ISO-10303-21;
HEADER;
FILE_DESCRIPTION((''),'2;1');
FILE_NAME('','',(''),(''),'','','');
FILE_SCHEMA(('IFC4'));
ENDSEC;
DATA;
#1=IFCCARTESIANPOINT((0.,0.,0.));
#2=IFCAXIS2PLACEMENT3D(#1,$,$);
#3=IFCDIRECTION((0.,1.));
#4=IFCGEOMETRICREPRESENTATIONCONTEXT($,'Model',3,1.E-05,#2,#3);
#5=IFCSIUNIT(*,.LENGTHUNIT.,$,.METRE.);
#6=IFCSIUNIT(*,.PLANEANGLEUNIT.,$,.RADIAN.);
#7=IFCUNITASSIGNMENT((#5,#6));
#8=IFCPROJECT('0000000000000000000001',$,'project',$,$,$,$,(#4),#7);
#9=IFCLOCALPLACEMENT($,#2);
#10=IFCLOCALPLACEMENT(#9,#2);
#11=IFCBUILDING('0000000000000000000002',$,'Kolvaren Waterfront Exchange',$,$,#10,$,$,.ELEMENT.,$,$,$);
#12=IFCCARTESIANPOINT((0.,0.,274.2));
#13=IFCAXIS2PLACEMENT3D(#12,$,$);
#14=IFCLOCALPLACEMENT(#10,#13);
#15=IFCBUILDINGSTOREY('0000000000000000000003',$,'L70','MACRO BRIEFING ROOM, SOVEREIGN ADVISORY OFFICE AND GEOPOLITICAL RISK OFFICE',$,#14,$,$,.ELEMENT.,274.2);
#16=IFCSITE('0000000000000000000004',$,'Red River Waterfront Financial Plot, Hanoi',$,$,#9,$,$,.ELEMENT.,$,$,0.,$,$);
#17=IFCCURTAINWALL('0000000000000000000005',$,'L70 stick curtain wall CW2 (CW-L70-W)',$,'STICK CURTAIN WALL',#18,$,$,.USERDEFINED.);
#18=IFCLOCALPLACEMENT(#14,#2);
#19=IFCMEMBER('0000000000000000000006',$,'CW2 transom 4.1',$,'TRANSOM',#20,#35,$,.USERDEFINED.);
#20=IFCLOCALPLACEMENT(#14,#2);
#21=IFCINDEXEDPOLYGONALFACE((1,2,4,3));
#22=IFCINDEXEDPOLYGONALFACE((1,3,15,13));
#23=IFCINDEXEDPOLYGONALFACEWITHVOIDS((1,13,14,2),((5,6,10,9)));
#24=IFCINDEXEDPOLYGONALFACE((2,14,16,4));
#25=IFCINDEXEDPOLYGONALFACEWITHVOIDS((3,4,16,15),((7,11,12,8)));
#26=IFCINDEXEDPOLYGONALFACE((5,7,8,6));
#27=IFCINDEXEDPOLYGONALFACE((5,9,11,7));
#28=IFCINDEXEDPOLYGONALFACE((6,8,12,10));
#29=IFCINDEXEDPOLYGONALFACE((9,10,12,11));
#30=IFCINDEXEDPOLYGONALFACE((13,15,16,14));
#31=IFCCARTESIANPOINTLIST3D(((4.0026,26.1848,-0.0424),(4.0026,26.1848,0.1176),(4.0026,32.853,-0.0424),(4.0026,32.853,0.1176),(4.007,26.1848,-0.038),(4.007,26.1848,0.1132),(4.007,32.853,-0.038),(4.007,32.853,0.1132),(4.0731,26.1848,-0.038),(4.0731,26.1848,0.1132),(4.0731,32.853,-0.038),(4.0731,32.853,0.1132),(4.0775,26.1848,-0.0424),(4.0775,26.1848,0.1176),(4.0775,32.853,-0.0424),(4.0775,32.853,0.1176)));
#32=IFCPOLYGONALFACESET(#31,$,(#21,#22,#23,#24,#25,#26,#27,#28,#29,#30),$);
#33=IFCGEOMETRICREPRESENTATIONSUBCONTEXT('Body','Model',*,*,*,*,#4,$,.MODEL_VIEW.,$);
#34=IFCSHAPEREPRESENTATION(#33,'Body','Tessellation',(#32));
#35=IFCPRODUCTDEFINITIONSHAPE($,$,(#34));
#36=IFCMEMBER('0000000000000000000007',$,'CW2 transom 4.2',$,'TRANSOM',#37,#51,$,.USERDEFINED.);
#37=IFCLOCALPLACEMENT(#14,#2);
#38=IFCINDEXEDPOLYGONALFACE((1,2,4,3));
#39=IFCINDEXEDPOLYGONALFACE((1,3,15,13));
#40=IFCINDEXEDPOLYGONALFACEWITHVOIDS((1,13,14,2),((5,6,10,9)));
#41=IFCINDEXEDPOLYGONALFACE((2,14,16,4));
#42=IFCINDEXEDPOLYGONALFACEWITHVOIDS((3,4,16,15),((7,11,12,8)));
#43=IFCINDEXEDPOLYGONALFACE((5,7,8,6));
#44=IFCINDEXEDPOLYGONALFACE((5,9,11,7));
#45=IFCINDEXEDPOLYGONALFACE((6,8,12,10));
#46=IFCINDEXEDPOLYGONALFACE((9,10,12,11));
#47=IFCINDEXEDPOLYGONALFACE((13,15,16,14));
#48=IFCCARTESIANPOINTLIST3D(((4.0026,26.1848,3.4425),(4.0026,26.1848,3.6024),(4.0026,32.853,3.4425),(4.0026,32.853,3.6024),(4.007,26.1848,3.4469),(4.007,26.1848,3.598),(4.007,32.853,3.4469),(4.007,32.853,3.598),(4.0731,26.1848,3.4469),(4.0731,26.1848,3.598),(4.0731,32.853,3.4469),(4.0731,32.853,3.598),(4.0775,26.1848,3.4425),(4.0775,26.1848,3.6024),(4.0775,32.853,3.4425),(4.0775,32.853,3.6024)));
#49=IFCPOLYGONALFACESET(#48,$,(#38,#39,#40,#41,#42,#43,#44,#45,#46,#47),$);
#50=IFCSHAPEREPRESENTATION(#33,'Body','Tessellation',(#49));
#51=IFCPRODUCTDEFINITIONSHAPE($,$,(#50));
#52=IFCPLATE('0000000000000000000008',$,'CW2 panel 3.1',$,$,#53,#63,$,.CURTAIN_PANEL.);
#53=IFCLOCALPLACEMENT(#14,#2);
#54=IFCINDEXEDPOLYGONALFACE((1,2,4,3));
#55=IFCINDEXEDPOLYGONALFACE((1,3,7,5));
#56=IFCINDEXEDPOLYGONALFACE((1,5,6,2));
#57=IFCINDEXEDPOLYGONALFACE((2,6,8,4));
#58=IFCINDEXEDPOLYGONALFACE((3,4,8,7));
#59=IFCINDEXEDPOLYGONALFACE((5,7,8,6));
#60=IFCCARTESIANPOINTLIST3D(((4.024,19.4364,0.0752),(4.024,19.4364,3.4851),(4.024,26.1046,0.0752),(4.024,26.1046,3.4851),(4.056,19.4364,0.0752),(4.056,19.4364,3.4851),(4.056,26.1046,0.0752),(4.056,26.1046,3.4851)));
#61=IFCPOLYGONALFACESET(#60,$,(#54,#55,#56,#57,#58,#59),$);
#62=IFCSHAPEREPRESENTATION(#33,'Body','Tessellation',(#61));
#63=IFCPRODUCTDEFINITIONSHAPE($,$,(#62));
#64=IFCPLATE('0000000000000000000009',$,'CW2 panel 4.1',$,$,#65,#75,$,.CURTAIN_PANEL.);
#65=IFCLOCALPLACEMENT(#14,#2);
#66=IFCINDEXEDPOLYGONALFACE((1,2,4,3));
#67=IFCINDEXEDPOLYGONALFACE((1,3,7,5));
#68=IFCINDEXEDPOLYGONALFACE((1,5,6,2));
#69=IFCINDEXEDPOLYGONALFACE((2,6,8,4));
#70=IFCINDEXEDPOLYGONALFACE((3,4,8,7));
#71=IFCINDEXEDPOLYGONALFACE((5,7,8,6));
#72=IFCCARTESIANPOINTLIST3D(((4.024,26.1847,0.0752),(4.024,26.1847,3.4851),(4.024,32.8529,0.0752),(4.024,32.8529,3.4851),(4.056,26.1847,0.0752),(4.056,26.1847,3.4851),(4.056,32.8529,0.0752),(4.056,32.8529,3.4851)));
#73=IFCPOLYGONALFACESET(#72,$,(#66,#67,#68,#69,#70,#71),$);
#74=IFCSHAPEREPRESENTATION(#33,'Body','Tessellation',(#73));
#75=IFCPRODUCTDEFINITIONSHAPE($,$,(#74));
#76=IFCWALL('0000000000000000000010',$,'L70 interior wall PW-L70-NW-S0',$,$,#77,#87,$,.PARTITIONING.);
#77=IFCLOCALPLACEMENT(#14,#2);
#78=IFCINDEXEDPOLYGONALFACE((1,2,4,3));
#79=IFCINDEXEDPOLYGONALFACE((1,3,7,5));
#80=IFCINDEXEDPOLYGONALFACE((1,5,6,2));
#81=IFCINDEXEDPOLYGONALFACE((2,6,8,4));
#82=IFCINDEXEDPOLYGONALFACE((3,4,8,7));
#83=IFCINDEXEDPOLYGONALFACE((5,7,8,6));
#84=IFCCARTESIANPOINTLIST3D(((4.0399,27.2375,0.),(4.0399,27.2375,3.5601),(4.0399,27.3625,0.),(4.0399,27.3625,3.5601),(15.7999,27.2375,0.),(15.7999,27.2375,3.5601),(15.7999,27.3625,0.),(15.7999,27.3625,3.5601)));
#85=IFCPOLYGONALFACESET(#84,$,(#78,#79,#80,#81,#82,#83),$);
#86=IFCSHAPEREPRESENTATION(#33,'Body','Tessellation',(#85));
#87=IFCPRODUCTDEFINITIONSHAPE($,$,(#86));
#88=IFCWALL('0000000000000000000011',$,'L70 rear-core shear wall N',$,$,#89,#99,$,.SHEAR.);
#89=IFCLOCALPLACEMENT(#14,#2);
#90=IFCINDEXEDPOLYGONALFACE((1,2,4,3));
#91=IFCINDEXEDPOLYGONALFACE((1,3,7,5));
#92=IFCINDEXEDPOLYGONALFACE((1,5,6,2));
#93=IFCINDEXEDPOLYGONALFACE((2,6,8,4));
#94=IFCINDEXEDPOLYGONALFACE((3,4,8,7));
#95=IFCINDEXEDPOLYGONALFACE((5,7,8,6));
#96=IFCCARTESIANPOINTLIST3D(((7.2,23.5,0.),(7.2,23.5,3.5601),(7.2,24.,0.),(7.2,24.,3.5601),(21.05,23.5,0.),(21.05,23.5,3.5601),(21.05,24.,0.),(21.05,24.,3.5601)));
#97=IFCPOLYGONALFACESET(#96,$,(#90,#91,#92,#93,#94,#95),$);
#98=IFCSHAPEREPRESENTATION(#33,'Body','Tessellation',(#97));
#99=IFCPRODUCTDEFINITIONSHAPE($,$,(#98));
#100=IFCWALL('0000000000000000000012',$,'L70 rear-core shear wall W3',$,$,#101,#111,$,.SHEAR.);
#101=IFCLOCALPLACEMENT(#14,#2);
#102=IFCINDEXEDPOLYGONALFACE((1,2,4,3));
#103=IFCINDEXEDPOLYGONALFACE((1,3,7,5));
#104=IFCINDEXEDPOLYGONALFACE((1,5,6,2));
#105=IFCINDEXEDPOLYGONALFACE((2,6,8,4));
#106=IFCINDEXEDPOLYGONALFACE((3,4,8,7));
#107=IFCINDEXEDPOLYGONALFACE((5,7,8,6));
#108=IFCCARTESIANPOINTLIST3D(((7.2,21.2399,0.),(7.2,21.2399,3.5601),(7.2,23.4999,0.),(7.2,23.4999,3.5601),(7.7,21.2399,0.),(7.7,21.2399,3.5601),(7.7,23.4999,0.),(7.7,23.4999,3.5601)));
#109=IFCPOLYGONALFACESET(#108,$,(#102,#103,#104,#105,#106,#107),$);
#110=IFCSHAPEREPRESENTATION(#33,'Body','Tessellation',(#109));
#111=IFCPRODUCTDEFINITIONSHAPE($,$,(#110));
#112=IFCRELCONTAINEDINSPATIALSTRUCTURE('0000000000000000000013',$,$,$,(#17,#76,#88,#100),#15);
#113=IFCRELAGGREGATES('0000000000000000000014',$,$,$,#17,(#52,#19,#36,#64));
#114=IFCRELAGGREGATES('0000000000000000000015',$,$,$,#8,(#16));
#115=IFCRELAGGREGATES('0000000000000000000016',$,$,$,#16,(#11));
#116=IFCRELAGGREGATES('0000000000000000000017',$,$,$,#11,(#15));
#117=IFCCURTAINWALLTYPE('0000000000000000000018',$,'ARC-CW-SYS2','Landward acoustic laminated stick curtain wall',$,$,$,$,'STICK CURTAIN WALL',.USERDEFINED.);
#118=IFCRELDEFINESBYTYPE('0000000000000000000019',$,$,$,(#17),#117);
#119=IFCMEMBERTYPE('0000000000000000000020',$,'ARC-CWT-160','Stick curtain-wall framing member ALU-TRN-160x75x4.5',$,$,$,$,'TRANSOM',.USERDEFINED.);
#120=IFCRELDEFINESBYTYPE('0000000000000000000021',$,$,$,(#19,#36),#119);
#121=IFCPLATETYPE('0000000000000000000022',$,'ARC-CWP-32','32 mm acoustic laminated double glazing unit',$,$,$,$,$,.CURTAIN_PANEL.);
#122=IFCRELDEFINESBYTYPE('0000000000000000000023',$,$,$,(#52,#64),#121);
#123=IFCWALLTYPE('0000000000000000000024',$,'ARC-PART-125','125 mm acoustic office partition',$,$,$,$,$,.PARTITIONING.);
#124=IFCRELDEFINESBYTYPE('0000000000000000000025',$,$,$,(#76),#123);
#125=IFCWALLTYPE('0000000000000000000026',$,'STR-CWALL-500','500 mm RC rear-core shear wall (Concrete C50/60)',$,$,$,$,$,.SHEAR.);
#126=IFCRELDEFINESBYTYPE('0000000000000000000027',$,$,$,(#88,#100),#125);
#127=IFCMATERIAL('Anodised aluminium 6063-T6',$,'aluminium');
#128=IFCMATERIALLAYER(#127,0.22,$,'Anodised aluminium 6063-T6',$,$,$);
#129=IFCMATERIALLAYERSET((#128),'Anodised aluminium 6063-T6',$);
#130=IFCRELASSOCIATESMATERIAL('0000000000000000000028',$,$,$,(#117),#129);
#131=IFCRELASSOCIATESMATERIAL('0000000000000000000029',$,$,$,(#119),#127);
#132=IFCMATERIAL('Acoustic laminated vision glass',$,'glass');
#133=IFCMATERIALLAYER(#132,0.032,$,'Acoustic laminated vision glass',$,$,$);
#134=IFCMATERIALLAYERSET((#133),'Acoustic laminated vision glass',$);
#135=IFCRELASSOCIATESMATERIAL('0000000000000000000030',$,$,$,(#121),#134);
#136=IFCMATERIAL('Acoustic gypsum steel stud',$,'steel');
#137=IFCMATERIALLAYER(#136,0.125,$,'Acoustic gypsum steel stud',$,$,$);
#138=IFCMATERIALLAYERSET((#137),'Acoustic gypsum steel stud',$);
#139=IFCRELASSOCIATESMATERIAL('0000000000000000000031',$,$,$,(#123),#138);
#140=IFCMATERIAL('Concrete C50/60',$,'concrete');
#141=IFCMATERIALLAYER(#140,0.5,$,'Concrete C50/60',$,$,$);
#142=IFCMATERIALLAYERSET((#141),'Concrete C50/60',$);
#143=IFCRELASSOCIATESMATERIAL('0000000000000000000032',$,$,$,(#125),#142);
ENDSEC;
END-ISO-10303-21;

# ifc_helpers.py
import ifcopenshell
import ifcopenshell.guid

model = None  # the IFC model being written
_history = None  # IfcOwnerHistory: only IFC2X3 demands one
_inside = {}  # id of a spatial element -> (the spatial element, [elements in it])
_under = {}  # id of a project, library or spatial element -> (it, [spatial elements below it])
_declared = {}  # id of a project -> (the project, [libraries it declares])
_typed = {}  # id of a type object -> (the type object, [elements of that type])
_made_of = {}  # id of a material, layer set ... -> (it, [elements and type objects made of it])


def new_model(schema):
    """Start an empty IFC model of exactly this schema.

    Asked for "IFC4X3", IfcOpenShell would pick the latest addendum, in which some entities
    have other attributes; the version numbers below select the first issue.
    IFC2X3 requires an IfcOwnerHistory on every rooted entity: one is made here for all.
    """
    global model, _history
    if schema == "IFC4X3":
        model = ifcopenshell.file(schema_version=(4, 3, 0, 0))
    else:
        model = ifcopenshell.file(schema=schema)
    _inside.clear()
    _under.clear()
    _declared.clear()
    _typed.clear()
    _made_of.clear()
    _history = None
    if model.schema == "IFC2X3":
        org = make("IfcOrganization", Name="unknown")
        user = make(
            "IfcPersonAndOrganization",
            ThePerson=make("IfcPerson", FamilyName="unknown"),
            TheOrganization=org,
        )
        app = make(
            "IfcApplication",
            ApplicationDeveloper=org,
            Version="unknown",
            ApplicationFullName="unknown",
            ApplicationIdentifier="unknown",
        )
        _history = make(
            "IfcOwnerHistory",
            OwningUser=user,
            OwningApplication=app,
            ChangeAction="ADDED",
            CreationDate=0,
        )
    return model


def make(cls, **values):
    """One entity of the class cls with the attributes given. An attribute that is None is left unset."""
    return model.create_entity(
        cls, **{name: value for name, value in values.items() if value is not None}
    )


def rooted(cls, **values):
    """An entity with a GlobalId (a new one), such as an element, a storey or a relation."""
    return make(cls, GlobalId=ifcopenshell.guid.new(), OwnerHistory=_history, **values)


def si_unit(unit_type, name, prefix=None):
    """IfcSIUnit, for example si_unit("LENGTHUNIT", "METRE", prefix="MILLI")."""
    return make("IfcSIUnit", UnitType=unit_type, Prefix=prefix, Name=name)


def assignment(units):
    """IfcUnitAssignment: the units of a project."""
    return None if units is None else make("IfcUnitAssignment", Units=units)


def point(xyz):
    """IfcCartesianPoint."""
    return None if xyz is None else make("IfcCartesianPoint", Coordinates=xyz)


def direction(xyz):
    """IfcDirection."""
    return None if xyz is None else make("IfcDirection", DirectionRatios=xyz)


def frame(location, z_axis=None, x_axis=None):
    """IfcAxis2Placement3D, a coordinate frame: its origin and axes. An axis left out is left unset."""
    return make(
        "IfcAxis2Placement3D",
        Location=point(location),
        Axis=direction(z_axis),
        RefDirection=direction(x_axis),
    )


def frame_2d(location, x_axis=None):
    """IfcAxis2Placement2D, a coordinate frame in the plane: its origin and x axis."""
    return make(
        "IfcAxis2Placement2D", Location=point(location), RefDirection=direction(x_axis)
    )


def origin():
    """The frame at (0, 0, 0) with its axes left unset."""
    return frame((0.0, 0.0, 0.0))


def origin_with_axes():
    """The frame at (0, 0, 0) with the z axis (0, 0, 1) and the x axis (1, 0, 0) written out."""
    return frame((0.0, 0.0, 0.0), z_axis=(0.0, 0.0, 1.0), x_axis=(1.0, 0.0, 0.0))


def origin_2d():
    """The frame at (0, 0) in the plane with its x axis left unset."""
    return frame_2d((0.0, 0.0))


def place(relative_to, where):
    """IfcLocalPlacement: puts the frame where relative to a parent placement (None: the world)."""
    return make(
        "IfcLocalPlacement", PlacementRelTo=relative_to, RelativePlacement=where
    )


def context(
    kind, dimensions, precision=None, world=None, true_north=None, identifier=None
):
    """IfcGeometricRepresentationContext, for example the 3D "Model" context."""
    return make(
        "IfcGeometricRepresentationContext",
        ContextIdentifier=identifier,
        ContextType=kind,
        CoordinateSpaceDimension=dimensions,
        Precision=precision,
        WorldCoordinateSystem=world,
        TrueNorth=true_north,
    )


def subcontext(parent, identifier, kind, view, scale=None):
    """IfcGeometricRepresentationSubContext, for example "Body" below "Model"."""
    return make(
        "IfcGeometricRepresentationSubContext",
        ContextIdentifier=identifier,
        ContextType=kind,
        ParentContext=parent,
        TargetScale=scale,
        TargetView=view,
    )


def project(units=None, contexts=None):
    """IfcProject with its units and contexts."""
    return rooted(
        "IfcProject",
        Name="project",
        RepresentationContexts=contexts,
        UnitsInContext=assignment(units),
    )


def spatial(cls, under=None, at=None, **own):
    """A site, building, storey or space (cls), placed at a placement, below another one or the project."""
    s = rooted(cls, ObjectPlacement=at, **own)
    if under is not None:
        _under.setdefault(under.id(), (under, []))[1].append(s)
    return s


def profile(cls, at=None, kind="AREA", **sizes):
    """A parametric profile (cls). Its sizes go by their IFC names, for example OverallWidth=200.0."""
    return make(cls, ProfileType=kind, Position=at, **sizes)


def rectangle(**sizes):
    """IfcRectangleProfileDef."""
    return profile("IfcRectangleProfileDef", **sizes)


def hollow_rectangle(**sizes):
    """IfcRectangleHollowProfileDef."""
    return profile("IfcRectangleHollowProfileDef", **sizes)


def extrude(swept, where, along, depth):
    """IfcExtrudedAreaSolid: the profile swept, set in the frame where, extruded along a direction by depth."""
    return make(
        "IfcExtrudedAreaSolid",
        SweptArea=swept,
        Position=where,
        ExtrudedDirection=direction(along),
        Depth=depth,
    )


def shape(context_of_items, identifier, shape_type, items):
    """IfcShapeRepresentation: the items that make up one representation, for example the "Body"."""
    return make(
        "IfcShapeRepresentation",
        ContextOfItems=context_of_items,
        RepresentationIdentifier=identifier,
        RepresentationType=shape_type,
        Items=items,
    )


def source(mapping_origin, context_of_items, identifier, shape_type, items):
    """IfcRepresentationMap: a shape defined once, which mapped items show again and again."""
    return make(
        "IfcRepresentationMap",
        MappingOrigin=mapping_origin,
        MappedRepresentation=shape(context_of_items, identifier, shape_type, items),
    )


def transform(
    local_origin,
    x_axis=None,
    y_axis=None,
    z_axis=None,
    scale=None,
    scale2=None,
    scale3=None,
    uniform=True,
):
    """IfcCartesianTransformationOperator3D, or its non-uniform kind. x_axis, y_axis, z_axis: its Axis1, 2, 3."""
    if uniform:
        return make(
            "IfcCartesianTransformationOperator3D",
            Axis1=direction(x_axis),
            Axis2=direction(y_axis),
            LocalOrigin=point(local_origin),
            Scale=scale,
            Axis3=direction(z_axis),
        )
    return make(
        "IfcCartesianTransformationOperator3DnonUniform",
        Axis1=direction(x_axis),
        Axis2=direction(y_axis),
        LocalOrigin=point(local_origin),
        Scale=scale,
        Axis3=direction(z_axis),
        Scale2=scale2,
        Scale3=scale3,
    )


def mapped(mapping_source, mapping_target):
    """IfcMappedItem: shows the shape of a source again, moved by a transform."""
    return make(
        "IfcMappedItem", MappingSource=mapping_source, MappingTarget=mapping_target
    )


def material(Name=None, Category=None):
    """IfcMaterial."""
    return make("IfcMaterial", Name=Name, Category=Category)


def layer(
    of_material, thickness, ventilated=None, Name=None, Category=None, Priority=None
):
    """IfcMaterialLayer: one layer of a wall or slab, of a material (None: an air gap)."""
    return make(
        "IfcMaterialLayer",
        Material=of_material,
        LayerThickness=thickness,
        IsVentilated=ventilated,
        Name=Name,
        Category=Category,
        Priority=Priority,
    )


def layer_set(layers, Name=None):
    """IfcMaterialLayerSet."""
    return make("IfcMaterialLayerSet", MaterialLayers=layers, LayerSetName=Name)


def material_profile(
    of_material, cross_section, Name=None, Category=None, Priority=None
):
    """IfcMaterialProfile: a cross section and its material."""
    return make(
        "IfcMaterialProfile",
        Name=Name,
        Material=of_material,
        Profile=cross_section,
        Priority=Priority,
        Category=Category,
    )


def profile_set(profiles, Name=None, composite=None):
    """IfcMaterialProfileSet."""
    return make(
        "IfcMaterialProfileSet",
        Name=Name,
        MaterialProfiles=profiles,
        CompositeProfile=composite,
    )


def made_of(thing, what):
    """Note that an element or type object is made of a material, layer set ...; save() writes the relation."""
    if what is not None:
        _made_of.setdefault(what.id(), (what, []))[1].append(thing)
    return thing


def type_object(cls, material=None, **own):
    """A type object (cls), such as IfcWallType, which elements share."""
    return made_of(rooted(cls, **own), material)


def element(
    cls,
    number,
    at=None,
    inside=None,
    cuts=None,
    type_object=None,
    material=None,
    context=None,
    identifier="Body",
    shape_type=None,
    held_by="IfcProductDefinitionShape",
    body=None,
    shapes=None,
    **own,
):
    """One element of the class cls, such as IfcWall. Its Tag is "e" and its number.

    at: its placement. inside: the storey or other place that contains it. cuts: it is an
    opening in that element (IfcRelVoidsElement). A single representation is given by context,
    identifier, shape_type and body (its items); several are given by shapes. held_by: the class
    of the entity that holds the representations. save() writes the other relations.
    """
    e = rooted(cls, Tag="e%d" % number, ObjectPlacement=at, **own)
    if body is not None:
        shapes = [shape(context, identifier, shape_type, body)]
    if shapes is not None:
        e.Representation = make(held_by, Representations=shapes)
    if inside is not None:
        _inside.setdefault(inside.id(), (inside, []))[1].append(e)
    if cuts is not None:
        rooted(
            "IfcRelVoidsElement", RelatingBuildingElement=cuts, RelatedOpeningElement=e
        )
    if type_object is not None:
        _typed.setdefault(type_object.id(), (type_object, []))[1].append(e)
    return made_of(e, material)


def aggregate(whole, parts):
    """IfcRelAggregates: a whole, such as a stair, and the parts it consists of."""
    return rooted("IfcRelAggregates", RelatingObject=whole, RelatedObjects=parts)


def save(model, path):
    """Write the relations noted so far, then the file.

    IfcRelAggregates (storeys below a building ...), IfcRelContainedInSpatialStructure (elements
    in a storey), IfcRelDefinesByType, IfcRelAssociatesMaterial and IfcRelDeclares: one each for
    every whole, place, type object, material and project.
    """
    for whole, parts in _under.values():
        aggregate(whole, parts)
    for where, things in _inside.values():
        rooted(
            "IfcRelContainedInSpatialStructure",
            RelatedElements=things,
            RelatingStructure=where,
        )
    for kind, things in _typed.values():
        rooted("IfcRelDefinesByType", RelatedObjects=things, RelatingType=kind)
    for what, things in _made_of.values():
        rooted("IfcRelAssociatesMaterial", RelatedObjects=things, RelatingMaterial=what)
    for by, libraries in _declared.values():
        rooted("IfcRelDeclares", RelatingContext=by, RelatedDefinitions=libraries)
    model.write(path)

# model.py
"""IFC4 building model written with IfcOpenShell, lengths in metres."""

from ifc_helpers import new_model, si_unit, direction, frame, frame_2d, origin, origin_with_axes, origin_2d, place, context, subcontext, project, spatial, rectangle, hollow_rectangle, extrude, source, transform, mapped, material, layer, layer_set, material_profile, profile_set, type_object, element, aggregate, save


model = new_model("IFC4")

# Units and contexts
model_context = context("Model", 3, precision=1e-05, world=origin(), true_north=direction((0.0, 1.0)))
body_context = subcontext(model_context, "Body", "Model", "MODEL_VIEW")
ifc_project = project(units=[si_unit("LENGTHUNIT", "METRE"), si_unit("PLANEANGLEUNIT", "RADIAN")], contexts=[model_context])

# Site, building, storey
site_placement = place(None, origin())
site = spatial("IfcSite", under=ifc_project, at=site_placement, Name="Red River Waterfront Financial Plot, Hanoi", CompositionType="ELEMENT", RefElevation=0.0)
building_placement = place(site_placement, origin())
building = spatial("IfcBuilding", under=site, at=building_placement, Name="Kolvaren Waterfront Exchange", CompositionType="ELEMENT")
storey_placement = place(building_placement, frame((0.0, 0.0, 274.2)))
storey = spatial("IfcBuildingStorey", under=building, at=storey_placement, Name="L70", Description="MACRO BRIEFING ROOM, SOVEREIGN ADVISORY OFFICE AND GEOPOLITICAL RISK OFFICE", CompositionType="ELEMENT", Elevation=274.2)

# Shared definitions
ifc_material_1 = material(Name="Concrete C50/60", Category="concrete")

# Curtain wall, members, plates
ifc_material_2 = material(Name="Anodised aluminium 6063-T6", Category="aluminium")
ifc_layer_1 = layer(ifc_material_2, 0.22, Name="Anodised aluminium 6063-T6")
ifc_layer_set_1 = layer_set([ifc_layer_1], Name="Anodised aluminium 6063-T6")
curtain_wall_type = type_object("IfcCurtainWallType", Name="ARC-CW-SYS2", Description="Landward acoustic laminated stick curtain wall", ElementType="STICK CURTAIN WALL", PredefinedType="USERDEFINED", material=ifc_layer_set_1)
curtain_wall_placement = place(storey_placement, origin())
curtain_wall = element("IfcCurtainWall", 1, at=curtain_wall_placement, inside=storey, type_object=curtain_wall_type, Name="L70 stick curtain wall CW2 (CW-L70-W)", ObjectType="STICK CURTAIN WALL", PredefinedType="USERDEFINED")
ifc_material_profile_1 = material_profile(ifc_material_2, hollow_rectangle(XDim=0.075, YDim=0.1599, WallThickness=0.0044, at=origin_2d()), Name="ALU-TRN-160x75x4.5")
ifc_profile_set_1 = profile_set([ifc_material_profile_1], Name="Anodised aluminium 6063-T6")
member_type_1 = type_object("IfcMemberType", Name="ARC-CWT-160", Description="Stick curtain-wall framing member ALU-TRN-160x75x4.5", ElementType="TRANSOM", PredefinedType="USERDEFINED", material=ifc_profile_set_1)
shared_shape_1 = source(origin_with_axes(), body_context, "Body", "SweptSolid", [
    extrude(hollow_rectangle(XDim=0.075, YDim=0.1599, WallThickness=0.0044, at=origin_2d()), origin(), (0.0, 0.0, 1.0), 6.6682),
])
member_1_placement = place(storey_placement, frame((4.04, 26.1848, 0.0376), z_axis=(0.0, 1.0, 0.0), x_axis=(-1.0, 0.0, 0.0)))
member_1 = element("IfcMember", 2, at=member_1_placement, type_object=member_type_1, Name="CW2 transom 4.1", ObjectType="TRANSOM", PredefinedType="USERDEFINED", context=body_context, shape_type="MappedRepresentation", body=[
    mapped(shared_shape_1, transform((0.0, 0.0, 0.0), x_axis=(1.0, 0.0, 0.0), y_axis=(0.0, 1.0, 0.0), z_axis=(0.0, 0.0, 1.0), scale=1.0)),
])
member_2_placement = place(storey_placement, frame((4.04, 26.1848, 3.5225), z_axis=(0.0, 1.0, 0.0), x_axis=(-1.0, 0.0, 0.0)))
member_2 = element("IfcMember", 3, at=member_2_placement, type_object=member_type_1, Name="CW2 transom 4.2", ObjectType="TRANSOM", PredefinedType="USERDEFINED", context=body_context, shape_type="MappedRepresentation", body=[
    mapped(shared_shape_1, transform((0.0, 0.0, 0.0), x_axis=(1.0, 0.0, 0.0), y_axis=(0.0, 1.0, 0.0), z_axis=(0.0, 0.0, 1.0), scale=1.0)),
])
ifc_material_3 = material(Name="Acoustic laminated vision glass", Category="glass")
ifc_layer_2 = layer(ifc_material_3, 0.032, Name="Acoustic laminated vision glass")
ifc_layer_set_2 = layer_set([ifc_layer_2], Name="Acoustic laminated vision glass")
plate_type = type_object("IfcPlateType", Name="ARC-CWP-32", Description="32 mm acoustic laminated double glazing unit", PredefinedType="CURTAIN_PANEL", material=ifc_layer_set_2)
shared_shape_2 = source(origin_with_axes(), body_context, "Body", "SweptSolid", [
    extrude(rectangle(XDim=6.6682, YDim=0.032, at=origin_2d()), origin(), (0.0, 0.0, 1.0), 3.4099),
])
plate_1_placement = place(storey_placement, frame((4.04, 22.7705, 0.0752), z_axis=(0.0, 0.0, 1.0), x_axis=(0.0, 1.0, 0.0)))
plate_1 = element("IfcPlate", 4, at=plate_1_placement, type_object=plate_type, Name="CW2 panel 3.1", PredefinedType="CURTAIN_PANEL", context=body_context, shape_type="MappedRepresentation", body=[
    mapped(shared_shape_2, transform((0.0, 0.0, 0.0), x_axis=(1.0, 0.0, 0.0), y_axis=(0.0, 1.0, 0.0), z_axis=(0.0, 0.0, 1.0), scale=1.0)),
])
plate_2_placement = place(storey_placement, frame((4.04, 29.5188, 0.0752), z_axis=(0.0, 0.0, 1.0), x_axis=(0.0, 1.0, 0.0)))
plate_2 = element("IfcPlate", 5, at=plate_2_placement, type_object=plate_type, Name="CW2 panel 4.1", PredefinedType="CURTAIN_PANEL", context=body_context, shape_type="MappedRepresentation", body=[
    mapped(shared_shape_2, transform((0.0, 0.0, 0.0), x_axis=(1.0, 0.0, 0.0), y_axis=(0.0, 1.0, 0.0), z_axis=(0.0, 0.0, 1.0), scale=1.0)),
])
aggregate(curtain_wall, [plate_1, member_1, member_2, plate_2])

# Wall
ifc_material_4 = material(Name="Acoustic gypsum steel stud", Category="steel")
ifc_layer_3 = layer(ifc_material_4, 0.125, Name="Acoustic gypsum steel stud")
ifc_layer_set_3 = layer_set([ifc_layer_3], Name="Acoustic gypsum steel stud")
wall_type_1 = type_object("IfcWallType", Name="ARC-PART-125", Description="125 mm acoustic office partition", PredefinedType="PARTITIONING", material=ifc_layer_set_3)
wall_1_placement = place(storey_placement, frame((4.04, 27.3, 0.0), z_axis=(0.0, 0.0, 1.0), x_axis=(1.0, 0.0, 0.0)))
element("IfcWall", 6, at=wall_1_placement, inside=storey, type_object=wall_type_1, Name="L70 interior wall PW-L70-NW-S0", PredefinedType="PARTITIONING", context=body_context, shape_type="SweptSolid", body=[
    extrude(rectangle(XDim=11.76, YDim=0.125, at=frame_2d((5.8799, 0.0))), origin(), (0.0, 0.0, 1.0), 3.5601),
])

# Walls
ifc_layer_4 = layer(ifc_material_1, 0.5, Name="Concrete C50/60")
ifc_layer_set_4 = layer_set([ifc_layer_4], Name="Concrete C50/60")
wall_type_2 = type_object("IfcWallType", Name="STR-CWALL-500", Description="500 mm RC rear-core shear wall (Concrete C50/60)", PredefinedType="SHEAR", material=ifc_layer_set_4)
wall_2_placement = place(storey_placement, frame((7.2, 23.75, 0.0), z_axis=(0.0, 0.0, 1.0), x_axis=(1.0, 0.0, 0.0)))
element("IfcWall", 7, at=wall_2_placement, inside=storey, type_object=wall_type_2, Name="L70 rear-core shear wall N", PredefinedType="SHEAR", context=body_context, shape_type="SweptSolid", body=[
    extrude(rectangle(XDim=13.8501, YDim=0.5, at=frame_2d((6.925, 0.0))), origin(), (0.0, 0.0, 1.0), 3.5601),
])
wall_3_placement = place(storey_placement, frame((7.45, 21.24, 0.0), z_axis=(0.0, 0.0, 1.0), x_axis=(0.0, 1.0, 0.0)))
element("IfcWall", 8, at=wall_3_placement, inside=storey, type_object=wall_type_2, Name="L70 rear-core shear wall W3", PredefinedType="SHEAR", context=body_context, shape_type="SweptSolid", body=[
    extrude(rectangle(XDim=2.26, YDim=0.5, at=frame_2d((1.1299, 0.0))), origin(), (0.0, 0.0, 1.0), 3.5601),
])

save(model, "model.ifc")
